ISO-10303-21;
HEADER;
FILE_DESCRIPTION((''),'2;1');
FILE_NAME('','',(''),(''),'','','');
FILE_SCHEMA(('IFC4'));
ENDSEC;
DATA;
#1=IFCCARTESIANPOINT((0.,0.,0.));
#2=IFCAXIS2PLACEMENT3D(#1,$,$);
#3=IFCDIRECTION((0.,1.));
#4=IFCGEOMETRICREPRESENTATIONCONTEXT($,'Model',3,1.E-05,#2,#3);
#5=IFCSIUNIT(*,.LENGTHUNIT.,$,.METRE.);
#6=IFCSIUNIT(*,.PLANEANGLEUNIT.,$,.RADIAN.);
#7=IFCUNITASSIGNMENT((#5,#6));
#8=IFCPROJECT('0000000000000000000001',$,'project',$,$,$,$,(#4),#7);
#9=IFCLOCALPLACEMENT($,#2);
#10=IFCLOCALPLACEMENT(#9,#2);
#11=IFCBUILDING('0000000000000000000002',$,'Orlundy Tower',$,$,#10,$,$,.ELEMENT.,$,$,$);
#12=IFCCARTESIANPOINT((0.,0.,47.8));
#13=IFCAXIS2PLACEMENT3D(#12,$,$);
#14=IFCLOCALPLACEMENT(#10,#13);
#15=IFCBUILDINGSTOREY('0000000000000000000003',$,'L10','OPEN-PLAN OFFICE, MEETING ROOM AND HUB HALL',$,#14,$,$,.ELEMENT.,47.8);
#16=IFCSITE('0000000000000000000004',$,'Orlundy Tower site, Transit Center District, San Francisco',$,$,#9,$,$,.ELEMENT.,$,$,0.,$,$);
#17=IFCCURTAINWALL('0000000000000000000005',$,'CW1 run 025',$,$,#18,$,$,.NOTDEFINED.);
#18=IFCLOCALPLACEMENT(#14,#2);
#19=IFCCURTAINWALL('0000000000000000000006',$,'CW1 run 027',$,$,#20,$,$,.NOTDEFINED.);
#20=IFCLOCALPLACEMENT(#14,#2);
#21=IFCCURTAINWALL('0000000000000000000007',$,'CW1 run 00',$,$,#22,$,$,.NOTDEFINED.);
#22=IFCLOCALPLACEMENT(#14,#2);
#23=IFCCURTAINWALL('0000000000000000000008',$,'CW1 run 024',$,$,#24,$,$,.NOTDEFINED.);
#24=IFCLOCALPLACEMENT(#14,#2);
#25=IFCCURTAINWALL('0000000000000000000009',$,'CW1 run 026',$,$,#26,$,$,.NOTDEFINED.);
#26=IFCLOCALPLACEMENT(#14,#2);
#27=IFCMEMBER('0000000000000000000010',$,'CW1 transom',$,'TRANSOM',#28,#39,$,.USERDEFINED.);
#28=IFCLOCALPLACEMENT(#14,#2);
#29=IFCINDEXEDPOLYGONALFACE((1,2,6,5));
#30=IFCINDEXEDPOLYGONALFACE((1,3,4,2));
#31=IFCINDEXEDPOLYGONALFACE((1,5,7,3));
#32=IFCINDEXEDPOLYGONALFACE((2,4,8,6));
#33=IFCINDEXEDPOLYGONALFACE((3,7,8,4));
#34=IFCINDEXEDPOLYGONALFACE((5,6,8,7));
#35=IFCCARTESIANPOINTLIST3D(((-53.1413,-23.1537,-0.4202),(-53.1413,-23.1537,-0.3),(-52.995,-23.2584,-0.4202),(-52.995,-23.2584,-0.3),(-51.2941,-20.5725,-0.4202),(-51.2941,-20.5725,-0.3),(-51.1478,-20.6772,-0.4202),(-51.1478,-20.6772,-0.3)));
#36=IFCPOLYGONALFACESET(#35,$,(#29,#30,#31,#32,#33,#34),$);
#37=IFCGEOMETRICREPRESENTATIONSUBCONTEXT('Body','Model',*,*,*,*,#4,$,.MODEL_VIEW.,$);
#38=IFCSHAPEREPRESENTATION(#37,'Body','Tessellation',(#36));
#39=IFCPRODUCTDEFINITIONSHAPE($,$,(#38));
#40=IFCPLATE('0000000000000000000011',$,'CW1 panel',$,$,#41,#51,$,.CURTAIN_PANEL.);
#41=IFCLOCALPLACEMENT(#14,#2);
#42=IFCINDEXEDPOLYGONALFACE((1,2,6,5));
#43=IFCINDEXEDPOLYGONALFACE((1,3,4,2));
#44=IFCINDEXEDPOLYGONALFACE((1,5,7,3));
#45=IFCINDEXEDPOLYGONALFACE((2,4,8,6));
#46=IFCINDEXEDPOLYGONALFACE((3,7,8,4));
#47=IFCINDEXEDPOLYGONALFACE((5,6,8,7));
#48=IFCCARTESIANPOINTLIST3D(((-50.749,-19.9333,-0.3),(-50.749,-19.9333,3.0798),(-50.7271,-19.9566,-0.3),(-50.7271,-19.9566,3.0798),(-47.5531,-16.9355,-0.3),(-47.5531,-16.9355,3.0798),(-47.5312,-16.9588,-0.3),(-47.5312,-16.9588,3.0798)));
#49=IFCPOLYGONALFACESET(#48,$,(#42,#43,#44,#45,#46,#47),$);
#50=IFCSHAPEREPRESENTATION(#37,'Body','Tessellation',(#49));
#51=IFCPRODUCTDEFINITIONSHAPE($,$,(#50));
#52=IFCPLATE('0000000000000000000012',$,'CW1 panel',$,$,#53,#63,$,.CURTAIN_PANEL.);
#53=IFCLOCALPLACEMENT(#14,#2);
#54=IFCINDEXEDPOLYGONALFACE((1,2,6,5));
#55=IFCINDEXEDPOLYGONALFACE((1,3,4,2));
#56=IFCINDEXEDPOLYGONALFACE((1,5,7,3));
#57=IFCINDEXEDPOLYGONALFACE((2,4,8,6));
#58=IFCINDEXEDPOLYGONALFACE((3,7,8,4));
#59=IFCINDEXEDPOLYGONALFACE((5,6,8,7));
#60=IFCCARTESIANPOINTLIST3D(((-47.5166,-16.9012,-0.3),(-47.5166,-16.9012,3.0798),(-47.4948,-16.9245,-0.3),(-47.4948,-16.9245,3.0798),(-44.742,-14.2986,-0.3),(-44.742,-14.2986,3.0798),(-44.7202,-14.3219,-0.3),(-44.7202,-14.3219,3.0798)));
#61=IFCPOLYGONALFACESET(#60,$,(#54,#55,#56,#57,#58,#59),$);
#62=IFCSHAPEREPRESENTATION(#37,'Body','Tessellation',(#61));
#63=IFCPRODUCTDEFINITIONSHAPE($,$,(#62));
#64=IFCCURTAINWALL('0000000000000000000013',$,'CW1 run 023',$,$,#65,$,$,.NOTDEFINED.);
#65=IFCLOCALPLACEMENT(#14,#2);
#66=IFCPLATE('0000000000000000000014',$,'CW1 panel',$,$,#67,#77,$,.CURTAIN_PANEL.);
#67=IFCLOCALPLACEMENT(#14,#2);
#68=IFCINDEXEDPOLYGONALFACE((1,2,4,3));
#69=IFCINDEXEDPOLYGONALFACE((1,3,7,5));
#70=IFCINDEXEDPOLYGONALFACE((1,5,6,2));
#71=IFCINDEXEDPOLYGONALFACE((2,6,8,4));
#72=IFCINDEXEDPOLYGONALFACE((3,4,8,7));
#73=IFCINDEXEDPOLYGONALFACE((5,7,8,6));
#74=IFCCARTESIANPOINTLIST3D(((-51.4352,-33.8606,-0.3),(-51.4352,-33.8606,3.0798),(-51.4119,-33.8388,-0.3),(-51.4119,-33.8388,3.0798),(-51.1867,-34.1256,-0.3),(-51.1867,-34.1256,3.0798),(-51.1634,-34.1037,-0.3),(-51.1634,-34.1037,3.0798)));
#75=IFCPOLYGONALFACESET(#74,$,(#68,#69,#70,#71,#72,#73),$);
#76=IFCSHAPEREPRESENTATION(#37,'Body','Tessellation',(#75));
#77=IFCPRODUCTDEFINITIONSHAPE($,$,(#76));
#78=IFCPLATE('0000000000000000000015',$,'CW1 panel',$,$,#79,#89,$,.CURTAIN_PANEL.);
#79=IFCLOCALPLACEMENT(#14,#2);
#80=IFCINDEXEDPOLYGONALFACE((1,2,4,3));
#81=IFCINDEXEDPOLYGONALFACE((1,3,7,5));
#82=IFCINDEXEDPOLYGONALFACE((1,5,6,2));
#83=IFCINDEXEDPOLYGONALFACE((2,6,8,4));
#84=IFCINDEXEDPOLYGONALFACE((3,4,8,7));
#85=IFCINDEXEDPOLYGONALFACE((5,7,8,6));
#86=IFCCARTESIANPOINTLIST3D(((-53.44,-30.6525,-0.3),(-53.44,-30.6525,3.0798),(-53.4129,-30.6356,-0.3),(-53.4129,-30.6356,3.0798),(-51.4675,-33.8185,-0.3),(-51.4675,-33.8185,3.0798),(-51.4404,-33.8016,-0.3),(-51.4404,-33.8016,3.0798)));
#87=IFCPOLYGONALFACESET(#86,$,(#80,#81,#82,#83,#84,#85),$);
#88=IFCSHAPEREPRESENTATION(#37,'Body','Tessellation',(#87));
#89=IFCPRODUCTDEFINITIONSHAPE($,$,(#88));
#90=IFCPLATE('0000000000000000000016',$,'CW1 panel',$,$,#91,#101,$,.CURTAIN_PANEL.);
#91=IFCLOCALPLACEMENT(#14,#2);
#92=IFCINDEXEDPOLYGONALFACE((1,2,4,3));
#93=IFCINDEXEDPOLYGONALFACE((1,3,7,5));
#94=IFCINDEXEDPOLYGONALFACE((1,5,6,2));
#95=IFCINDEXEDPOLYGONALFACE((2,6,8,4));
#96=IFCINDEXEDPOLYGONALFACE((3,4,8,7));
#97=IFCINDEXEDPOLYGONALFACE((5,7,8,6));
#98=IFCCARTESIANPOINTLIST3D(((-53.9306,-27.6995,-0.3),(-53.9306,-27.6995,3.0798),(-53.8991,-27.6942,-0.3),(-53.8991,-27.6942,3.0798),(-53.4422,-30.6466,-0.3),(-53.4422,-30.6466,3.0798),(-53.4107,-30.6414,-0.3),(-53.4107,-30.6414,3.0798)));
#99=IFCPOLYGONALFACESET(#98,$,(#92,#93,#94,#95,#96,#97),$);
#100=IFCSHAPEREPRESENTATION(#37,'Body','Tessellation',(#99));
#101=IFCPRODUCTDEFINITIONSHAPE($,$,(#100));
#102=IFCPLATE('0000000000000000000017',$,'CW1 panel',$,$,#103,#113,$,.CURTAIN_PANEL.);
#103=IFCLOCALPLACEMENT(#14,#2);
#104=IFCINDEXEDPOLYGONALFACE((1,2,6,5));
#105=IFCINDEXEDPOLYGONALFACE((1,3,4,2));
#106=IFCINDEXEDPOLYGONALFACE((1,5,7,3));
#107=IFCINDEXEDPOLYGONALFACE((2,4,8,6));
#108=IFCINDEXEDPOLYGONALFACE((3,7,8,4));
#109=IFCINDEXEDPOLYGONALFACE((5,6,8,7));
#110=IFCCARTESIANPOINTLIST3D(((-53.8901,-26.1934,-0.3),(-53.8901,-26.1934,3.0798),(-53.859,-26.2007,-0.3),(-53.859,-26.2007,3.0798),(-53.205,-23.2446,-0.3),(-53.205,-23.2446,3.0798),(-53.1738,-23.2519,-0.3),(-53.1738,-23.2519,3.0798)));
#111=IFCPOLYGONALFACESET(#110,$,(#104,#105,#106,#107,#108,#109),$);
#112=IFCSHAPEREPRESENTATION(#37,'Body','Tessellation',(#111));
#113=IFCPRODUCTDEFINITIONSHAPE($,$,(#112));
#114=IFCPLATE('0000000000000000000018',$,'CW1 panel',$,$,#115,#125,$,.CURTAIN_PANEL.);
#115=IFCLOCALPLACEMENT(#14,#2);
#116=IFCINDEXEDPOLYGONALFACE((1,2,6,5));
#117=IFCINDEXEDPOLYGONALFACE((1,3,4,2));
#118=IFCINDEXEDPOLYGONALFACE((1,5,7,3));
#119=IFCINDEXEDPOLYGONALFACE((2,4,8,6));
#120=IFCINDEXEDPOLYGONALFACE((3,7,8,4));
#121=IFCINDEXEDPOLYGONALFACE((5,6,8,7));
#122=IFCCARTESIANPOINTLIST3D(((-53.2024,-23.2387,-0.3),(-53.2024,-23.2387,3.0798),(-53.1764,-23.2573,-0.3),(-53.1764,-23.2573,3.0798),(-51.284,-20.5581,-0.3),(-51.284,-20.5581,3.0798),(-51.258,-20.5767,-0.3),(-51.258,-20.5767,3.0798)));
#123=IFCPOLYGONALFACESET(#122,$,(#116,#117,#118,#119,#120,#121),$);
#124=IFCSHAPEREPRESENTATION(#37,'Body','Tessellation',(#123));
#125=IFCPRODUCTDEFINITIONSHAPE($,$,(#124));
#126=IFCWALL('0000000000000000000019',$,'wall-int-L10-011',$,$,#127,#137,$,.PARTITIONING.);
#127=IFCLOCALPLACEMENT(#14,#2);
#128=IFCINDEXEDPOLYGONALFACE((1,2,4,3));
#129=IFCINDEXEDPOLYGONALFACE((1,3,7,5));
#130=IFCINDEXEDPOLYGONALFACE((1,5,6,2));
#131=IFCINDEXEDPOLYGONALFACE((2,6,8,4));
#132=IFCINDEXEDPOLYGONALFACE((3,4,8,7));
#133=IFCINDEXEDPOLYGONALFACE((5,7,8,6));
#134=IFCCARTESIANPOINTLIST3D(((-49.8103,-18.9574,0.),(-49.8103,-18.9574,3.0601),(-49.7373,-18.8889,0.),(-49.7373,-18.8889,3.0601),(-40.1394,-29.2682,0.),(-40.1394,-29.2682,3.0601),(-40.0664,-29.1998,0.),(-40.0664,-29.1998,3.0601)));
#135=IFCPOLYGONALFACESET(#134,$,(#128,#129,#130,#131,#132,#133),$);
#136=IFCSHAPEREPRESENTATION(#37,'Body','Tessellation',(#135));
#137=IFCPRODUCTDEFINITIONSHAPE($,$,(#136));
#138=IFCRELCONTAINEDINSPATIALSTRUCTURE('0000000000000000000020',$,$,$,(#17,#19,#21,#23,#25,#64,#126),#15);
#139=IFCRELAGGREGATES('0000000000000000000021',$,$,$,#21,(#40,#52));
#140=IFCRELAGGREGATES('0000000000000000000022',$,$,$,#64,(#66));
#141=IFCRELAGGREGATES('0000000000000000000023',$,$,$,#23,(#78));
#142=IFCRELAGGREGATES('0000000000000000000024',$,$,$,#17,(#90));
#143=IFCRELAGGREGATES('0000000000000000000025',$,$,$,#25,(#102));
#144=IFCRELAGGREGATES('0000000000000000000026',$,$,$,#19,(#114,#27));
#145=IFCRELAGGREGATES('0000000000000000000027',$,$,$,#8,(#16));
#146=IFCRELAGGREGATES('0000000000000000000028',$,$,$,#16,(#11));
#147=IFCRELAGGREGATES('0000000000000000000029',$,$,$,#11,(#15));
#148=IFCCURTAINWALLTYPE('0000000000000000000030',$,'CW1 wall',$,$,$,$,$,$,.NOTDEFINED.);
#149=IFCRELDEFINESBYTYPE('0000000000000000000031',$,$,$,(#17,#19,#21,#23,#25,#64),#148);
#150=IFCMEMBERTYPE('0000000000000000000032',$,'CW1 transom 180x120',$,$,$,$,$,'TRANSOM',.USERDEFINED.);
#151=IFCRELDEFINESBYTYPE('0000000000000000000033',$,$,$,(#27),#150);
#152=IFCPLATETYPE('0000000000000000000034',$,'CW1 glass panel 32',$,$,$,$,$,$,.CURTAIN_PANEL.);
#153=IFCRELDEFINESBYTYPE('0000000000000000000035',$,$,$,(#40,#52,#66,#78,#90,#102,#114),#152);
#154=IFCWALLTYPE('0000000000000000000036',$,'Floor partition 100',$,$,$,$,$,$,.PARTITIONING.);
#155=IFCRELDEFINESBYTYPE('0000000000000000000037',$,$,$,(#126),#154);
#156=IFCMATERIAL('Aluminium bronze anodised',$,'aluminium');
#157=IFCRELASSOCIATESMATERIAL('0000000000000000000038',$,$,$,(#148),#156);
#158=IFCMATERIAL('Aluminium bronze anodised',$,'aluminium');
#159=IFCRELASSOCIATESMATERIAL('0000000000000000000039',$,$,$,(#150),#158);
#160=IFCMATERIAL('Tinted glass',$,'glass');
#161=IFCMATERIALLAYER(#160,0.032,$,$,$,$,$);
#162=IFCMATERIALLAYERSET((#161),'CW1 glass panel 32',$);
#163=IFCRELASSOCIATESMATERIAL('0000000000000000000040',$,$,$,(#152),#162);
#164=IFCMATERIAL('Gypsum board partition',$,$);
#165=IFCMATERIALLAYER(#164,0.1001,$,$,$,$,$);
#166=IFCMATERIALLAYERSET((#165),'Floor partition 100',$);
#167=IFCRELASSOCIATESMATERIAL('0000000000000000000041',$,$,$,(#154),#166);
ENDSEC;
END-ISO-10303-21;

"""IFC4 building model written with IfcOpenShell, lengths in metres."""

from ifc_helpers import new_model, si_unit, direction, frame, frame_2d, origin, origin_2d, place, context, subcontext, project, spatial, rectangle, extrude, material, layer, layer_set, material_profile, profile_set, type_object, element, aggregate, save


model = new_model("IFC4")

# Units and contexts
model_context = context("Model", 3, precision=1e-05, world=origin(), true_north=direction((0.0, 1.0)))
body_context = subcontext(model_context, "Body", "Model", "MODEL_VIEW")
ifc_project = project(units=[si_unit("LENGTHUNIT", "METRE"), si_unit("PLANEANGLEUNIT", "RADIAN")], contexts=[model_context])

# Site, building, storey
site_placement = place(None, origin())
site = spatial("IfcSite", under=ifc_project, at=site_placement, Name="Orlundy Tower site, Transit Center District, San Francisco", CompositionType="ELEMENT", RefElevation=0.0)
building_placement = place(site_placement, origin())
building = spatial("IfcBuilding", under=site, at=building_placement, Name="Orlundy Tower", CompositionType="ELEMENT")
storey_placement = place(building_placement, frame((0.0, 0.0, 47.8)))
storey = spatial("IfcBuildingStorey", under=building, at=storey_placement, Name="L10", Description="OPEN-PLAN OFFICE, MEETING ROOM AND HUB HALL", CompositionType="ELEMENT", Elevation=47.8)

# Curtain walls
ifc_material_1 = material(Name="Aluminium bronze anodised", Category="aluminium")
curtain_wall_type = type_object("IfcCurtainWallType", Name="CW1 wall", PredefinedType="NOTDEFINED", material=ifc_material_1)
curtain_wall_1_placement = place(storey_placement, origin())
curtain_wall_1 = element("IfcCurtainWall", 1, at=curtain_wall_1_placement, inside=storey, type_object=curtain_wall_type, Name="CW1 run 025", PredefinedType="NOTDEFINED")
curtain_wall_2_placement = place(storey_placement, origin())
curtain_wall_2 = element("IfcCurtainWall", 2, at=curtain_wall_2_placement, inside=storey, type_object=curtain_wall_type, Name="CW1 run 027", PredefinedType="NOTDEFINED")
curtain_wall_3_placement = place(storey_placement, origin())
curtain_wall_3 = element("IfcCurtainWall", 3, at=curtain_wall_3_placement, inside=storey, type_object=curtain_wall_type, Name="CW1 run 00", PredefinedType="NOTDEFINED")
curtain_wall_4_placement = place(storey_placement, origin())
curtain_wall_4 = element("IfcCurtainWall", 4, at=curtain_wall_4_placement, inside=storey, type_object=curtain_wall_type, Name="CW1 run 024", PredefinedType="NOTDEFINED")

# Shared definitions
ifc_material_2 = material(Name="Aluminium bronze anodised", Category="aluminium")
ifc_material_profile_1 = material_profile(ifc_material_2, rectangle(XDim=0.1799, YDim=0.1201, at=origin_2d()), Name="CW1 transom 180x120")
ifc_profile_set_1 = profile_set([ifc_material_profile_1], Name="Aluminium bronze anodised")
member_type_1 = type_object("IfcMemberType", Name="CW1 transom 180x120", ElementType="TRANSOM", PredefinedType="USERDEFINED", material=ifc_profile_set_1)

# Curtain wall
curtain_wall_5_placement = place(storey_placement, origin())
curtain_wall_5 = element("IfcCurtainWall", 5, at=curtain_wall_5_placement, inside=storey, type_object=curtain_wall_type, Name="CW1 run 026", PredefinedType="NOTDEFINED")

# Member
member_1_placement = place(storey_placement, frame((-53.0681, -23.2061, -0.3601), z_axis=(0.581944, 0.813229, 0.0), x_axis=(-0.813229, 0.581944, 0.0)))
member_1 = element("IfcMember", 6, at=member_1_placement, type_object=member_type_1, Name="CW1 transom", ObjectType="TRANSOM", PredefinedType="USERDEFINED", context=body_context, shape_type="SweptSolid", body=[
    extrude(rectangle(XDim=0.1799, YDim=0.1201, at=origin_2d()), origin(), (0.0, 0.0, 1.0), 3.1741),
])

# Plates
ifc_material_3 = material(Name="Tinted glass", Category="glass")
ifc_layer_1 = layer(ifc_material_3, 0.032)
ifc_layer_set_1 = layer_set([ifc_layer_1], Name="CW1 glass panel 32")
plate_type = type_object("IfcPlateType", Name="CW1 glass panel 32", PredefinedType="CURTAIN_PANEL", material=ifc_layer_set_1)
plate_1_placement = place(storey_placement, frame((-49.1401, -18.446, -0.3), z_axis=(0.0, 0.0, 1.0), x_axis=(0.729351, 0.684139, 0.0)))
plate_1 = element("IfcPlate", 7, at=plate_1_placement, type_object=plate_type, Name="CW1 panel", PredefinedType="CURTAIN_PANEL", context=body_context, shape_type="SweptSolid", body=[
    extrude(rectangle(XDim=4.3818, YDim=0.032, at=origin_2d()), origin(), (0.0, 0.0, 1.0), 3.3799),
])
plate_2_placement = place(storey_placement, frame((-46.1184, -15.6116, -0.3), z_axis=(0.0, 0.0, 1.0), x_axis=(0.729351, 0.684139, 0.0)))
plate_2 = element("IfcPlate", 8, at=plate_2_placement, type_object=plate_type, Name="CW1 panel", PredefinedType="CURTAIN_PANEL", context=body_context, shape_type="SweptSolid", body=[
    extrude(rectangle(XDim=3.8042, YDim=0.032, at=origin_2d()), origin(), (0.0, 0.0, 1.0), 3.3799),
])
aggregate(curtain_wall_3, [plate_1, plate_2])

# Curtain wall, plate
curtain_wall_6_placement = place(storey_placement, origin())
curtain_wall_6 = element("IfcCurtainWall", 9, at=curtain_wall_6_placement, inside=storey, type_object=curtain_wall_type, Name="CW1 run 023", PredefinedType="NOTDEFINED")
plate_3_placement = place(storey_placement, frame((-51.2993, -33.9822, -0.3), z_axis=(0.0, 0.0, 1.0), x_axis=(-0.684126, 0.729363, 0.0)))
plate_3 = element("IfcPlate", 10, at=plate_3_placement, type_object=plate_type, Name="CW1 panel", PredefinedType="CURTAIN_PANEL", context=body_context, shape_type="SweptSolid", body=[
    extrude(rectangle(XDim=0.3633, YDim=0.032, at=origin_2d()), origin(), (0.0, 0.0, 1.0), 3.3799),
])
aggregate(curtain_wall_6, [plate_3])

# Plates
plate_4_placement = place(storey_placement, frame((-52.4402, -32.2271, -0.3), z_axis=(0.0, 0.0, 1.0), x_axis=(-0.528786, 0.848755, 0.0)))
plate_4 = element("IfcPlate", 11, at=plate_4_placement, type_object=plate_type, Name="CW1 panel", PredefinedType="CURTAIN_PANEL", context=body_context, shape_type="SweptSolid", body=[
    extrude(rectangle(XDim=3.7302, YDim=0.032, at=origin_2d()), origin(), (0.0, 0.0, 1.0), 3.3799),
])
aggregate(curtain_wall_4, [plate_4])
plate_5_placement = place(storey_placement, frame((-53.6707, -29.1704, -0.3), z_axis=(0.0, 0.0, 1.0), x_axis=(-0.16348, 0.986547, 0.0)))
plate_5 = element("IfcPlate", 12, at=plate_5_placement, type_object=plate_type, Name="CW1 panel", PredefinedType="CURTAIN_PANEL", context=body_context, shape_type="SweptSolid", body=[
    extrude(rectangle(XDim=2.9873, YDim=0.032, at=origin_2d()), origin(), (0.0, 0.0, 1.0), 3.3799),
])
aggregate(curtain_wall_1, [plate_5])
plate_6_placement = place(storey_placement, frame((-53.532, -24.7227, -0.3), z_axis=(0.0, 0.0, 1.0), x_axis=(0.226317, 0.974054, 0.0)))
plate_6 = element("IfcPlate", 13, at=plate_6_placement, type_object=plate_type, Name="CW1 panel", PredefinedType="CURTAIN_PANEL", context=body_context, shape_type="SweptSolid", body=[
    extrude(rectangle(XDim=3.0273, YDim=0.032, at=origin_2d()), origin(), (0.0, 0.0, 1.0), 3.3799),
])
aggregate(curtain_wall_5, [plate_6])
plate_7_placement = place(storey_placement, frame((-52.2302, -21.9077, -0.3), z_axis=(0.0, 0.0, 1.0), x_axis=(0.581978, 0.813204, 0.0)))
plate_7 = element("IfcPlate", 14, at=plate_7_placement, type_object=plate_type, Name="CW1 panel", PredefinedType="CURTAIN_PANEL", context=body_context, shape_type="SweptSolid", body=[
    extrude(rectangle(XDim=3.2964, YDim=0.032, at=origin_2d()), origin(), (0.0, 0.0, 1.0), 3.3799),
])
aggregate(curtain_wall_2, [plate_7, member_1])

# Wall
ifc_material_4 = material(Name="Gypsum board partition")
ifc_layer_2 = layer(ifc_material_4, 0.1001)
ifc_layer_set_2 = layer_set([ifc_layer_2], Name="Floor partition 100")
wall_type_1 = type_object("IfcWallType", Name="Floor partition 100", PredefinedType="PARTITIONING", material=ifc_layer_set_2)
wall_1_placement = place(storey_placement, frame((-49.7739, -18.9231, 0.0), z_axis=(0.0, 0.0, 1.0), x_axis=(0.684112, -0.729377, 0.0)))
element("IfcWall", 15, at=wall_1_placement, inside=storey, type_object=wall_type_1, Name="wall-int-L10-011", PredefinedType="PARTITIONING", context=body_context, shape_type="SweptSolid", body=[
    extrude(rectangle(XDim=14.1365, YDim=0.1001, at=frame_2d((7.0684, 0.0))), origin(), (0.0, 0.0, 1.0), 3.0601),
])

save(model, "model.ifc")
